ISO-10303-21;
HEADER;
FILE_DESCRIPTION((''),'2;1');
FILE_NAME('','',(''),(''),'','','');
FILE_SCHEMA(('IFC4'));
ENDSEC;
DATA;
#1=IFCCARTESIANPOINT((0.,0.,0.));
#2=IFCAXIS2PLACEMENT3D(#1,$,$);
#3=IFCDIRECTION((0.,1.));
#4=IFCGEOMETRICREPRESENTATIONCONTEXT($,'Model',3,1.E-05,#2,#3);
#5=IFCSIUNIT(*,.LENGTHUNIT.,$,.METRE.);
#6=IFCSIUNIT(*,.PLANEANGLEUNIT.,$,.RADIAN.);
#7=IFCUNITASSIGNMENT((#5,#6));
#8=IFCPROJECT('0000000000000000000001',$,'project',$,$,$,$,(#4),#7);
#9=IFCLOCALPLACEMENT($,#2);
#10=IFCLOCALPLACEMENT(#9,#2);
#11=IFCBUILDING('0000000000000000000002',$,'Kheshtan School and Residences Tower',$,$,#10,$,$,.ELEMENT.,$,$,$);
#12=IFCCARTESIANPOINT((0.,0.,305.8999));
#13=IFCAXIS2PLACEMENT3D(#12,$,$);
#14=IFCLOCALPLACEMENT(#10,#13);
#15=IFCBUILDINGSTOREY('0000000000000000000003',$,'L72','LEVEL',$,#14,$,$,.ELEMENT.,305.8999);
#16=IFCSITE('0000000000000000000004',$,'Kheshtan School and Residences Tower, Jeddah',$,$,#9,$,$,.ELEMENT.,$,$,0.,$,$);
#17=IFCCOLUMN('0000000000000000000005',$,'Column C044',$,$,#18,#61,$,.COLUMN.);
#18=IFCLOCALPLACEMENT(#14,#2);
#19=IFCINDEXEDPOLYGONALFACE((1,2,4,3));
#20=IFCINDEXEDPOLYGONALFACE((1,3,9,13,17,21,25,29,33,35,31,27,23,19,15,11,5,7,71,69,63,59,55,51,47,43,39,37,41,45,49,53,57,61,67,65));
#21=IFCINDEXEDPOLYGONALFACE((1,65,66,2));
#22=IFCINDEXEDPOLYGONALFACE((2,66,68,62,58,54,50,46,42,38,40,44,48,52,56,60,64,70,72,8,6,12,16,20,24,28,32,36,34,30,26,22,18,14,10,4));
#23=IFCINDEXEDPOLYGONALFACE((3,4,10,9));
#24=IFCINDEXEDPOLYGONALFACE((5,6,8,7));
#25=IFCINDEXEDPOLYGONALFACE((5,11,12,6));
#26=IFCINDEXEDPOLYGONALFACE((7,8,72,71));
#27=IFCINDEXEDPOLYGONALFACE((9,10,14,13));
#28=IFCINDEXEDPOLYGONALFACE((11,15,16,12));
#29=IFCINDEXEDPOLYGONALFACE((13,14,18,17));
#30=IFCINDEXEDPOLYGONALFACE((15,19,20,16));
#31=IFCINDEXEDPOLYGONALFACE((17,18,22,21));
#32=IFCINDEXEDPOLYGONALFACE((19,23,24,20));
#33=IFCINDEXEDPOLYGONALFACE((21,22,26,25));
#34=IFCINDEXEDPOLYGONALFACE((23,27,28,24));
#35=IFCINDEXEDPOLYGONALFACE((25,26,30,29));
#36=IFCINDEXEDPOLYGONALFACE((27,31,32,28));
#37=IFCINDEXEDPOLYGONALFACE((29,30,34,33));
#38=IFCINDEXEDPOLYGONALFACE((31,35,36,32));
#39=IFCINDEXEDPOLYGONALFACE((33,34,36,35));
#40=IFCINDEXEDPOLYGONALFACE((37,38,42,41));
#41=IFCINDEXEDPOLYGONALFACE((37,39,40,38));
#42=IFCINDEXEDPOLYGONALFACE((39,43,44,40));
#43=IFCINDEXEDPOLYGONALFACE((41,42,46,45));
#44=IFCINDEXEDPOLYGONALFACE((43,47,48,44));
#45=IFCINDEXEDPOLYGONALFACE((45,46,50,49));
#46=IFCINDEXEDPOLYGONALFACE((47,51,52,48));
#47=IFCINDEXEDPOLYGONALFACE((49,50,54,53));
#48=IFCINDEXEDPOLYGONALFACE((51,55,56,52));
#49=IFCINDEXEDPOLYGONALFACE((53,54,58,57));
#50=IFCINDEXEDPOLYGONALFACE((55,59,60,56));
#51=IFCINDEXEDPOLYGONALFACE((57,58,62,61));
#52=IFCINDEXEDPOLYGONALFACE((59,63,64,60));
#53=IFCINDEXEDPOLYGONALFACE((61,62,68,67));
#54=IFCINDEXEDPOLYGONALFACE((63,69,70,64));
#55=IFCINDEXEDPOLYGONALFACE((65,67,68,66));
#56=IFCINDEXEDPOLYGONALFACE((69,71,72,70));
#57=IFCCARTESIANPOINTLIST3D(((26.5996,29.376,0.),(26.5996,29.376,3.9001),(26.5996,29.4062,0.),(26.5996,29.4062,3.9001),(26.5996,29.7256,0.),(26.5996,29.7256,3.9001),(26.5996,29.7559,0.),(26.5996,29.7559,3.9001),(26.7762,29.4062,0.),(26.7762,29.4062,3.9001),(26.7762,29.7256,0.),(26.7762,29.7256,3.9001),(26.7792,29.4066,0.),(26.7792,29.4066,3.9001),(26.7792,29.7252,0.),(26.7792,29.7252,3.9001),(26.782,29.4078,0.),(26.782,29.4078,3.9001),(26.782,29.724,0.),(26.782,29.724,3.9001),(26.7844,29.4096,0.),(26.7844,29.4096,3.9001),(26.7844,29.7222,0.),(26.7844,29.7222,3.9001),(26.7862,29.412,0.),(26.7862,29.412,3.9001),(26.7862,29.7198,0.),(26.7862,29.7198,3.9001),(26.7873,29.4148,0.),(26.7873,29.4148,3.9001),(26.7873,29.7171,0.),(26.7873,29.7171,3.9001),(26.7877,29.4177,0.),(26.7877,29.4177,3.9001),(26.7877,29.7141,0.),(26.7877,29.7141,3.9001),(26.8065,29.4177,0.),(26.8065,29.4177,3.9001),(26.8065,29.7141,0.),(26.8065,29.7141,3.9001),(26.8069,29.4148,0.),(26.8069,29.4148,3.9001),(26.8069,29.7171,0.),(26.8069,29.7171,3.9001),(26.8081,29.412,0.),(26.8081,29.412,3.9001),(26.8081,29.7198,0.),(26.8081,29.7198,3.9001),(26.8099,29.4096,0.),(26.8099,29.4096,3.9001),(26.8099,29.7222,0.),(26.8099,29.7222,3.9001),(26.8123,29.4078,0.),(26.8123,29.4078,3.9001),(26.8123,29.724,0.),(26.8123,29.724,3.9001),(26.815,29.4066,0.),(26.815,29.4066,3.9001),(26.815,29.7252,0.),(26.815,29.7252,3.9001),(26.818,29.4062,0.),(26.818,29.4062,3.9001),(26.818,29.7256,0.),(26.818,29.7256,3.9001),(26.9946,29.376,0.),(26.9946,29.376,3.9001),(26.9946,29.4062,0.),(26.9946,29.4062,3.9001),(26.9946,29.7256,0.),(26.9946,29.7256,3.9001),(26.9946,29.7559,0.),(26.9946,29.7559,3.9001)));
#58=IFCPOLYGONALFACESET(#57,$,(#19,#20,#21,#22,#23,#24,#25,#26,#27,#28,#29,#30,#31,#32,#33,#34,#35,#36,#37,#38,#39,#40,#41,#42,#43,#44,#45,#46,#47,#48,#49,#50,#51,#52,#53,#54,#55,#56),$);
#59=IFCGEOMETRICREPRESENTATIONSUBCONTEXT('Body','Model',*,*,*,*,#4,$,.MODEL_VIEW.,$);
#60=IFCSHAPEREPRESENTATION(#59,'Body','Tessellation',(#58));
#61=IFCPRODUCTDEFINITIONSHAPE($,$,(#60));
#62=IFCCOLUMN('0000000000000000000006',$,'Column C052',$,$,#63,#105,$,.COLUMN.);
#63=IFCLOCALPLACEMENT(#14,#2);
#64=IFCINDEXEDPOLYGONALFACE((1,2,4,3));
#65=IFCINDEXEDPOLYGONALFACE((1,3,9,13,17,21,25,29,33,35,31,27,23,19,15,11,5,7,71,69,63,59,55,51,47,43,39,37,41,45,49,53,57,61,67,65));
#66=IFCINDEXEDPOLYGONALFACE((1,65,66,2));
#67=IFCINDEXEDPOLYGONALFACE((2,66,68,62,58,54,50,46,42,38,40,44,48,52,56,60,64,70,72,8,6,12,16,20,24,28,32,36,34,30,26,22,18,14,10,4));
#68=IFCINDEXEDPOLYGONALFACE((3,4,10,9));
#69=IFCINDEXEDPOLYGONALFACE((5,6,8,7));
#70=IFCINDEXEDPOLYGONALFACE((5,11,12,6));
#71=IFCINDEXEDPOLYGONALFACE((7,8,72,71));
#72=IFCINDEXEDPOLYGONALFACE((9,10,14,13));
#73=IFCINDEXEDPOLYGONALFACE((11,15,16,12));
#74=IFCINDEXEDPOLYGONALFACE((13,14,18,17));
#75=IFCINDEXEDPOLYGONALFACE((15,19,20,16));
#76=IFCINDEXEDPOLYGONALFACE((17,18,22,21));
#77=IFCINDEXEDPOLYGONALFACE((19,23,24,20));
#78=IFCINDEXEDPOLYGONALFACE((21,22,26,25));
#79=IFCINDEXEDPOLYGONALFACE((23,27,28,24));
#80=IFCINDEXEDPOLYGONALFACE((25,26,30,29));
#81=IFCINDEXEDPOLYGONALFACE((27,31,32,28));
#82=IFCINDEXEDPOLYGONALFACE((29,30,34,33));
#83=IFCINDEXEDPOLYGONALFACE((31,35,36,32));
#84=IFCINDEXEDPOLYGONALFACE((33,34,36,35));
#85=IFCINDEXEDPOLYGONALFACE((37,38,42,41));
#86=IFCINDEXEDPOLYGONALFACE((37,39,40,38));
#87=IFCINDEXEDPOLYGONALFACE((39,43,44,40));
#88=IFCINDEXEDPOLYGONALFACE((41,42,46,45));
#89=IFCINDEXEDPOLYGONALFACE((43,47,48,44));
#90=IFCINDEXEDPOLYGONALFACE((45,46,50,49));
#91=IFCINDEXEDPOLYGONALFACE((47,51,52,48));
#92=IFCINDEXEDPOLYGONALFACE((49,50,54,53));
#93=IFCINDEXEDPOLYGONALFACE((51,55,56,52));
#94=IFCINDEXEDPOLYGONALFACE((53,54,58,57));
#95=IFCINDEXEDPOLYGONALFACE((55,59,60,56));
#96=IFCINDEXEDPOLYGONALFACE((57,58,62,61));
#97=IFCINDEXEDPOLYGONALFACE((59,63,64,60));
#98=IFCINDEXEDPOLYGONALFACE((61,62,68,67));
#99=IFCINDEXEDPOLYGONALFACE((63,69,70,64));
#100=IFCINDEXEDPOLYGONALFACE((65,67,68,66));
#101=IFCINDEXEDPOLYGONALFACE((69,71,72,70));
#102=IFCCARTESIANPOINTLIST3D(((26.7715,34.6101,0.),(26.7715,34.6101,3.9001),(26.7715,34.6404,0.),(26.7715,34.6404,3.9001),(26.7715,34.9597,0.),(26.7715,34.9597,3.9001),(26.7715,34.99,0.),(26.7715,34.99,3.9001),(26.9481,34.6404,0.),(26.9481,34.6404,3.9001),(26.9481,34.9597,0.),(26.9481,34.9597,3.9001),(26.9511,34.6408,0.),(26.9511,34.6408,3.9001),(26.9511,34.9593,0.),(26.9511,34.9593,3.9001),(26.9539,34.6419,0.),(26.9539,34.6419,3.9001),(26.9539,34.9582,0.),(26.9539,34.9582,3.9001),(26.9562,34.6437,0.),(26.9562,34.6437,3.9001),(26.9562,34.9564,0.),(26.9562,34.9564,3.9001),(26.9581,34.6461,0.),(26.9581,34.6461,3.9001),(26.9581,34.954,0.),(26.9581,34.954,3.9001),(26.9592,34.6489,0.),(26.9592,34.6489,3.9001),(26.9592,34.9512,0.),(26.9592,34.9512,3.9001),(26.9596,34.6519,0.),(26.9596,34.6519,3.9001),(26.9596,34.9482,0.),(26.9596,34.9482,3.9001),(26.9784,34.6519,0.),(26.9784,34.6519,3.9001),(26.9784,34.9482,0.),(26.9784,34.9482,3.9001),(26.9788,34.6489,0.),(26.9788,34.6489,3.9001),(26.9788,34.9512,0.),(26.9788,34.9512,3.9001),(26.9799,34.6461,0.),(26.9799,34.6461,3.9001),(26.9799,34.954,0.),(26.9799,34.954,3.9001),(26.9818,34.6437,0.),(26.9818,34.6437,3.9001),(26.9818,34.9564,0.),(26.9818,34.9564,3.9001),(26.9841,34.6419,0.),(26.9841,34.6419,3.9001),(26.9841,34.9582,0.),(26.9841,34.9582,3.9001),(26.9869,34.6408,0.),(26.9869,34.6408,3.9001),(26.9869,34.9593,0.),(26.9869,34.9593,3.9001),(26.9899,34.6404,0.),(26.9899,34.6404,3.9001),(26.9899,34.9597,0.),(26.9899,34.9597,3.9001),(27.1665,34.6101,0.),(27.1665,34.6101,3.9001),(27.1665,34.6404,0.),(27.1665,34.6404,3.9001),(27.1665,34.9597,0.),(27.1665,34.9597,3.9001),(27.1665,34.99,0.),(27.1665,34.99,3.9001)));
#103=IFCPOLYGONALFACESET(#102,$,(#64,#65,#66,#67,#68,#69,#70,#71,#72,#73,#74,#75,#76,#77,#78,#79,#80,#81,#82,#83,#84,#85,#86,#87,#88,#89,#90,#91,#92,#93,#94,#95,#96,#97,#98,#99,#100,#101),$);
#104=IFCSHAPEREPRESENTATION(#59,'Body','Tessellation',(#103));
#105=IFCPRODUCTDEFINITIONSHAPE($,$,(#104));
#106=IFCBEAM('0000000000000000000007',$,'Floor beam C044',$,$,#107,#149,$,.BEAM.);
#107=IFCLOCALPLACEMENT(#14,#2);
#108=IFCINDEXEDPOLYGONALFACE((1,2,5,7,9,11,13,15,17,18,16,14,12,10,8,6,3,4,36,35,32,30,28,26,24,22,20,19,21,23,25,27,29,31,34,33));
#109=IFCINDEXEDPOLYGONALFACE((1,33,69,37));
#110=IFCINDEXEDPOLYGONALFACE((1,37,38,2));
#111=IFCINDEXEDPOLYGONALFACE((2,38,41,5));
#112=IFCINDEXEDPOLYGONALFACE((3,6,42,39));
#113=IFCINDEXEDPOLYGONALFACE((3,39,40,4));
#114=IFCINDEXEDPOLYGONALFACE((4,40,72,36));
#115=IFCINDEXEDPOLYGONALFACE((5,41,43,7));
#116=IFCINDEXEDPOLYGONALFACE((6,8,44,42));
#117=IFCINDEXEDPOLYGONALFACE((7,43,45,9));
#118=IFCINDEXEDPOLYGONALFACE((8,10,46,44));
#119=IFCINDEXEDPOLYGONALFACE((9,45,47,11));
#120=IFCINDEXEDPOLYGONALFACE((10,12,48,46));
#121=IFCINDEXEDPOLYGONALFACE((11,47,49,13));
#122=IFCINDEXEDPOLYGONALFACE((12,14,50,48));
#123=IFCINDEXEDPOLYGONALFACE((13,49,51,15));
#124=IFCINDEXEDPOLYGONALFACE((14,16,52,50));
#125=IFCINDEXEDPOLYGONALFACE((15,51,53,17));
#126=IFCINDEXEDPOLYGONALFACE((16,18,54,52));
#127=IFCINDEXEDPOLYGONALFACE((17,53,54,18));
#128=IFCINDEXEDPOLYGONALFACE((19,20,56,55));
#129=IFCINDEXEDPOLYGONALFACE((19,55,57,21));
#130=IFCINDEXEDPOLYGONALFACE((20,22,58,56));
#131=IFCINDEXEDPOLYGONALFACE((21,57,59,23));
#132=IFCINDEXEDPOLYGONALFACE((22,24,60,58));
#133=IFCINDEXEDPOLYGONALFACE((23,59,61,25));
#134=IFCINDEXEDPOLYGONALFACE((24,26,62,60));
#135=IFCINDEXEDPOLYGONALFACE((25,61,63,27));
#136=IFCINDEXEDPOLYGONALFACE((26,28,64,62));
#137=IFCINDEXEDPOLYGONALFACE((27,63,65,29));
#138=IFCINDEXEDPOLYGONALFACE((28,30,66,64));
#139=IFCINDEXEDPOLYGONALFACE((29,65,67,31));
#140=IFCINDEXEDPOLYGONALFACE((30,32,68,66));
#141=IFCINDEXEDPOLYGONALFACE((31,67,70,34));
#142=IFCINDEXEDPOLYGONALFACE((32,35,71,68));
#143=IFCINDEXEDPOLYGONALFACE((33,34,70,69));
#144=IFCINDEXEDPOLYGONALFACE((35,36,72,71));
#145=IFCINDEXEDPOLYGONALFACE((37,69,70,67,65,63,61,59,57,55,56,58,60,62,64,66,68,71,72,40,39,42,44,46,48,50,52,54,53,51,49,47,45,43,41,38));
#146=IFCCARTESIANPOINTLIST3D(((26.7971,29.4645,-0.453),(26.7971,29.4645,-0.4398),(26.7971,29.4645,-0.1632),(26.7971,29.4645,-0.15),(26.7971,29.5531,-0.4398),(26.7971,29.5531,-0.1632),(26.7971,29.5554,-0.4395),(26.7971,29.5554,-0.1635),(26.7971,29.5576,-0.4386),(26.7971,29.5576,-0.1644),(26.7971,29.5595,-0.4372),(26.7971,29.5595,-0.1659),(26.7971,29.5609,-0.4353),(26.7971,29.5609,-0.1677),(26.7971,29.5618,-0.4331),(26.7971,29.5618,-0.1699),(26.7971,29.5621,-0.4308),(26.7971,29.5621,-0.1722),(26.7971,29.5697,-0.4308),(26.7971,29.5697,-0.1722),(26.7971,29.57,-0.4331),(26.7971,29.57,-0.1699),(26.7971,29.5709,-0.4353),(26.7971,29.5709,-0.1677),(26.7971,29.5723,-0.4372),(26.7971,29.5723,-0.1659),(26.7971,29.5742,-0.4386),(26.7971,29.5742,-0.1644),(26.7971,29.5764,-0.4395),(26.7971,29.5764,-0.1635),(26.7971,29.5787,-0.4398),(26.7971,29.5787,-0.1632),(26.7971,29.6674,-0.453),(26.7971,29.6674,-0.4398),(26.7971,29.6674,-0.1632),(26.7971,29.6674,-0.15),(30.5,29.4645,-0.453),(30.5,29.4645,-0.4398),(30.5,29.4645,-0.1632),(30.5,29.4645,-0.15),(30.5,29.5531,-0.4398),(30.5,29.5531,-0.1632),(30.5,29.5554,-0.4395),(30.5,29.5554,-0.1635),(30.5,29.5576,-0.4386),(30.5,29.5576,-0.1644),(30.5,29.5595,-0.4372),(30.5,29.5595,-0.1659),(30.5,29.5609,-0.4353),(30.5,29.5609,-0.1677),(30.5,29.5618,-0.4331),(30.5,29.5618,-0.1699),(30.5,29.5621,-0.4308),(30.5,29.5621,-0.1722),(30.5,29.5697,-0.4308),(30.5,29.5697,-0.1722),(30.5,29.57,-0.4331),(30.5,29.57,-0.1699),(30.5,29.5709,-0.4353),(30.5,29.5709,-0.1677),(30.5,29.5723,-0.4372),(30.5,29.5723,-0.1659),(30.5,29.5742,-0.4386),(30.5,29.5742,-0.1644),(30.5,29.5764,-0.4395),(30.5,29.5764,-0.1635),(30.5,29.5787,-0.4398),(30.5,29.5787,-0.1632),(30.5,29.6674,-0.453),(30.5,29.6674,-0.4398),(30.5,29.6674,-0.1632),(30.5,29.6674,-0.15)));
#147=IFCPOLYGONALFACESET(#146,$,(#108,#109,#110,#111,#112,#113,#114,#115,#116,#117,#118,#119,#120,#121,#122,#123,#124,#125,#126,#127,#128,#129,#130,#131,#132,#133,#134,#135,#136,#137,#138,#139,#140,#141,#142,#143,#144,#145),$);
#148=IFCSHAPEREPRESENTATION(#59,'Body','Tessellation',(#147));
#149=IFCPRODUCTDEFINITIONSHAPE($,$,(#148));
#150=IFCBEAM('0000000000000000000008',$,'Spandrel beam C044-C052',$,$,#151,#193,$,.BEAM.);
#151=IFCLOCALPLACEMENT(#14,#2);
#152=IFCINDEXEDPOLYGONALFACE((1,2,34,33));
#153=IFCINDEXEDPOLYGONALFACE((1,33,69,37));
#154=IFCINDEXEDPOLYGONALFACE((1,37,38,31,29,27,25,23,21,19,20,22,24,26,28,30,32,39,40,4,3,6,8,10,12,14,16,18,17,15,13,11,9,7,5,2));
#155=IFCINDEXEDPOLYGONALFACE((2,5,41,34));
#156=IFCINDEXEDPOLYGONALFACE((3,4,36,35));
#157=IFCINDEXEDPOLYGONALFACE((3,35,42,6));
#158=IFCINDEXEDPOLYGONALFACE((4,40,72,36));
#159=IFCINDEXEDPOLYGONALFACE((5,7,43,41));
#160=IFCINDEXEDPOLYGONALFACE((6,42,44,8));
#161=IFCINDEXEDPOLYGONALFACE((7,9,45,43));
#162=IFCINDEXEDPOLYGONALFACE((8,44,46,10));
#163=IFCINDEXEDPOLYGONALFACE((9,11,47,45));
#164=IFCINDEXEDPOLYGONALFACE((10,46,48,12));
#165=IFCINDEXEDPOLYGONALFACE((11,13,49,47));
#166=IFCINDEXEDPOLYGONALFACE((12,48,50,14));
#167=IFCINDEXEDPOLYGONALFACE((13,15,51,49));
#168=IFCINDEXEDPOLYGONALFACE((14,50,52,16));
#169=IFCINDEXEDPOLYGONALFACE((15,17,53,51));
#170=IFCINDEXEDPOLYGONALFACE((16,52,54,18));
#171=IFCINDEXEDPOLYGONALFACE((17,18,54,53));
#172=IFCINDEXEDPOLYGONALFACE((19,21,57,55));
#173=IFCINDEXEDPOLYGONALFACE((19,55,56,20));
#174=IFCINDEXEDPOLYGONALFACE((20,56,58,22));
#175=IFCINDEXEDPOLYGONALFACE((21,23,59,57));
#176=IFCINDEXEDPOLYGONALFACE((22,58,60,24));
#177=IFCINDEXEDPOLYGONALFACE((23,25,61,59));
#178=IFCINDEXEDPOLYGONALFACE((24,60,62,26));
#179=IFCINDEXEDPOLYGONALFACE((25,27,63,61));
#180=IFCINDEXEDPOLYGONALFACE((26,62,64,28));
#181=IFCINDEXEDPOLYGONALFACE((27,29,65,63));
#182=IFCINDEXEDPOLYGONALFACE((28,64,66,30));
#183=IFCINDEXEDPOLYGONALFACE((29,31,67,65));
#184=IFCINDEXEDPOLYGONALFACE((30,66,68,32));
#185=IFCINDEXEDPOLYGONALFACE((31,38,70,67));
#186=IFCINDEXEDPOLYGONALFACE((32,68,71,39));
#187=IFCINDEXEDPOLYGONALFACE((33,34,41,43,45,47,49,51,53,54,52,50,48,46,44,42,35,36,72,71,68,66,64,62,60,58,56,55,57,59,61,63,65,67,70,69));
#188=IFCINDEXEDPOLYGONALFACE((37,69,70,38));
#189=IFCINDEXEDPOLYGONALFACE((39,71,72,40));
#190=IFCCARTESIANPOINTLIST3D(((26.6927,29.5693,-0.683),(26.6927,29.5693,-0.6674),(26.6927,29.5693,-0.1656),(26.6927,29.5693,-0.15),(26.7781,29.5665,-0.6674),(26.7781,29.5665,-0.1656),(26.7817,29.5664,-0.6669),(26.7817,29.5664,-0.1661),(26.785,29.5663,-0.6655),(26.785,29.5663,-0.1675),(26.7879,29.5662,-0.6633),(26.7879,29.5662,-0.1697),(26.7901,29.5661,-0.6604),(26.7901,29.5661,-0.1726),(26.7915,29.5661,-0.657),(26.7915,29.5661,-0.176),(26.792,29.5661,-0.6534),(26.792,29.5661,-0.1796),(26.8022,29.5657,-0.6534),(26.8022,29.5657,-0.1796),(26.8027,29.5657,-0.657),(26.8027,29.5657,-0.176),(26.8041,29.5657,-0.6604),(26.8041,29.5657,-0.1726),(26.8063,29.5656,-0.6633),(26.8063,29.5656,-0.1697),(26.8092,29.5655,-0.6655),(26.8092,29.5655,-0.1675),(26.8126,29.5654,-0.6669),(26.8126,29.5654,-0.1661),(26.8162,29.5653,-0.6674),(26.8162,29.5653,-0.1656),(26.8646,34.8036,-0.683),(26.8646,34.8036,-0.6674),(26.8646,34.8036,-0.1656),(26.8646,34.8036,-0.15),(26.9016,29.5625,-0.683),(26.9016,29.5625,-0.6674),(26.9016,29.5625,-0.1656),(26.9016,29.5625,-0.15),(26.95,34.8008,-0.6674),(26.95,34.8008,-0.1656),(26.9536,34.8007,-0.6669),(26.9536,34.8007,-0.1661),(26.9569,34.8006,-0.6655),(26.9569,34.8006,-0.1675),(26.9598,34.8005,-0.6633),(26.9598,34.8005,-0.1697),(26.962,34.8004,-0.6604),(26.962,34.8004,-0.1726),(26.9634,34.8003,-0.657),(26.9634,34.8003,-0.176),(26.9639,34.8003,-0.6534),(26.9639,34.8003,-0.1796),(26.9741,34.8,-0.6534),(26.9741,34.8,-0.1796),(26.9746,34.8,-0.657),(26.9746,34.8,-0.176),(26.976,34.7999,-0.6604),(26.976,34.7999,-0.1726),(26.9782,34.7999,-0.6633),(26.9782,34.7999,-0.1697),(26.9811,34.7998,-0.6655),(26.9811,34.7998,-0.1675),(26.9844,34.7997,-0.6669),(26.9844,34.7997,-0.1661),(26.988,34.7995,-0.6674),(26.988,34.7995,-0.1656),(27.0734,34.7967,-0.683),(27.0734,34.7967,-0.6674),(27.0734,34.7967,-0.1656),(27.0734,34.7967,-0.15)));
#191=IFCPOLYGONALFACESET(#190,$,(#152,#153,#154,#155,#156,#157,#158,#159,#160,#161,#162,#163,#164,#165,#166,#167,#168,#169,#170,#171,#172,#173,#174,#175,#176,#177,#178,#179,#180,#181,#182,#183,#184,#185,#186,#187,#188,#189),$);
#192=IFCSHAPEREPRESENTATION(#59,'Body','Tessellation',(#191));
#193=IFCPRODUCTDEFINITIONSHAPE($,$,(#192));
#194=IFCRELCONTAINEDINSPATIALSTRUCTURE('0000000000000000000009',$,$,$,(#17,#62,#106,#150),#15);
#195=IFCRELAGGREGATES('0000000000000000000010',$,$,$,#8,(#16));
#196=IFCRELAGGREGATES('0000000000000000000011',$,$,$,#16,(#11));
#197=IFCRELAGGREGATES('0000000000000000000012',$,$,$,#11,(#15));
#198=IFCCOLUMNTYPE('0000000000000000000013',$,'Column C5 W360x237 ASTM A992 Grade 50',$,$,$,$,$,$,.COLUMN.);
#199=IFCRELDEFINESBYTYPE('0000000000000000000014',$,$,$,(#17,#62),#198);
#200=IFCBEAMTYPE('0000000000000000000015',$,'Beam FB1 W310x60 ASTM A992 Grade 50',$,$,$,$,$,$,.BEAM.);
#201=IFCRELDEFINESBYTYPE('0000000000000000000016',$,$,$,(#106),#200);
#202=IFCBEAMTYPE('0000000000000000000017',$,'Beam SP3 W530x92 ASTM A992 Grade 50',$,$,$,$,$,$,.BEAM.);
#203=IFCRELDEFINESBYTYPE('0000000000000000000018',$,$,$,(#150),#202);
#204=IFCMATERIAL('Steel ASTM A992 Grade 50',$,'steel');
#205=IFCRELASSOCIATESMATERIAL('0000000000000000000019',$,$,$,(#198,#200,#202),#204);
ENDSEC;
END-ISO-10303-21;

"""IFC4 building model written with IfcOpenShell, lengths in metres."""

from ifc_helpers import new_model, si_unit, direction, frame, origin, origin_2d, place, context, subcontext, project, spatial, i_section, extrude, material, material_profile, profile_set, type_object, element, save


model = new_model("IFC4")

# Units and contexts
model_context = context("Model", 3, precision=1e-05, world=origin(), true_north=direction((0.0, 1.0)))
body_context = subcontext(model_context, "Body", "Model", "MODEL_VIEW")
ifc_project = project(units=[si_unit("LENGTHUNIT", "METRE"), si_unit("PLANEANGLEUNIT", "RADIAN")], contexts=[model_context])

# Site, building, storey
site_placement = place(None, origin())
site = spatial("IfcSite", under=ifc_project, at=site_placement, Name="Kheshtan School and Residences Tower, Jeddah", CompositionType="ELEMENT", RefElevation=0.0)
building_placement = place(site_placement, origin())
building = spatial("IfcBuilding", under=site, at=building_placement, Name="Kheshtan School and Residences Tower", CompositionType="ELEMENT")
storey_placement = place(building_placement, frame((0.0, 0.0, 305.8999)))
storey = spatial("IfcBuildingStorey", under=building, at=storey_placement, Name="L72", Description="LEVEL", CompositionType="ELEMENT", Elevation=305.8999)

# Columns
ifc_material_1 = material(Name="Steel ASTM A992 Grade 50", Category="steel")
ifc_material_profile_1 = material_profile(ifc_material_1, i_section(OverallWidth=0.395, OverallDepth=0.3799, WebThickness=0.0188, FlangeThickness=0.0303, FilletRadius=0.0115, at=origin_2d()), Name="W360x237")
ifc_profile_set_1 = profile_set([ifc_material_profile_1], Name="Steel ASTM A992 Grade 50")
column_type = type_object("IfcColumnType", Name="Column C5 W360x237 ASTM A992 Grade 50", PredefinedType="COLUMN", material=ifc_profile_set_1)
for number, where, z_axis, x_axis, name in (
    (1, (26.7971, 29.5659, 0.0), (0.0, 0.0, 1.0), (1.0, 0.0, 0.0), "Column C044"),
    (2, (26.969, 34.8, 0.0), (0.0, 0.0, 1.0), (1.0, 0.0, 0.0), "Column C052"),
):
    element("IfcColumn", number, at=place(storey_placement, frame(where, z_axis=z_axis, x_axis=x_axis)), inside=storey, type_object=column_type, Name=name, PredefinedType="COLUMN", context=body_context, shape_type="SweptSolid", body=[
        extrude(i_section(OverallWidth=0.395, OverallDepth=0.3799, WebThickness=0.0188, FlangeThickness=0.0303, FilletRadius=0.0115, at=origin_2d()), origin(), (0.0, 0.0, 1.0), 3.9001),
    ])

# Beams
ifc_material_profile_2 = material_profile(ifc_material_1, i_section(OverallWidth=0.2029, OverallDepth=0.303, WebThickness=0.0076, FlangeThickness=0.0132, FilletRadius=0.009, at=origin_2d()), Name="W310x60")
ifc_profile_set_2 = profile_set([ifc_material_profile_2], Name="Steel ASTM A992 Grade 50")
beam_type_1 = type_object("IfcBeamType", Name="Beam FB1 W310x60 ASTM A992 Grade 50", PredefinedType="BEAM", material=ifc_profile_set_2)
beam_1_placement = place(storey_placement, frame((26.7971, 29.5659, -0.3015), z_axis=(1.0, 0.0, 0.0), x_axis=(0.0, 1.0, 0.0)))
element("IfcBeam", 3, at=beam_1_placement, inside=storey, type_object=beam_type_1, Name="Floor beam C044", PredefinedType="BEAM", context=body_context, shape_type="SweptSolid", body=[
    extrude(i_section(OverallWidth=0.2029, OverallDepth=0.303, WebThickness=0.0076, FlangeThickness=0.0132, FilletRadius=0.009, at=origin_2d()), origin(), (0.0, 0.0, 1.0), 3.7029),
])
ifc_material_profile_3 = material_profile(ifc_material_1, i_section(OverallWidth=0.209, OverallDepth=0.533, WebThickness=0.0103, FlangeThickness=0.0156, FilletRadius=0.0139, at=origin_2d()), Name="W530x92")
ifc_profile_set_3 = profile_set([ifc_material_profile_3], Name="Steel ASTM A992 Grade 50")
beam_type_2 = type_object("IfcBeamType", Name="Beam SP3 W530x92 ASTM A992 Grade 50", PredefinedType="BEAM", material=ifc_profile_set_3)
beam_2_placement = place(storey_placement, frame((26.7971, 29.5659, -0.4165), z_axis=(0.03282, 0.999461, 0.0), x_axis=(-0.999461, 0.03282, 0.0)))
element("IfcBeam", 4, at=beam_2_placement, inside=storey, type_object=beam_type_2, Name="Spandrel beam C044-C052", PredefinedType="BEAM", context=body_context, shape_type="SweptSolid", body=[
    extrude(i_section(OverallWidth=0.209, OverallDepth=0.533, WebThickness=0.0103, FlangeThickness=0.0156, FilletRadius=0.0139, at=origin_2d()), origin(), (0.0, 0.0, 1.0), 5.2371),
])

save(model, "model.ifc")
